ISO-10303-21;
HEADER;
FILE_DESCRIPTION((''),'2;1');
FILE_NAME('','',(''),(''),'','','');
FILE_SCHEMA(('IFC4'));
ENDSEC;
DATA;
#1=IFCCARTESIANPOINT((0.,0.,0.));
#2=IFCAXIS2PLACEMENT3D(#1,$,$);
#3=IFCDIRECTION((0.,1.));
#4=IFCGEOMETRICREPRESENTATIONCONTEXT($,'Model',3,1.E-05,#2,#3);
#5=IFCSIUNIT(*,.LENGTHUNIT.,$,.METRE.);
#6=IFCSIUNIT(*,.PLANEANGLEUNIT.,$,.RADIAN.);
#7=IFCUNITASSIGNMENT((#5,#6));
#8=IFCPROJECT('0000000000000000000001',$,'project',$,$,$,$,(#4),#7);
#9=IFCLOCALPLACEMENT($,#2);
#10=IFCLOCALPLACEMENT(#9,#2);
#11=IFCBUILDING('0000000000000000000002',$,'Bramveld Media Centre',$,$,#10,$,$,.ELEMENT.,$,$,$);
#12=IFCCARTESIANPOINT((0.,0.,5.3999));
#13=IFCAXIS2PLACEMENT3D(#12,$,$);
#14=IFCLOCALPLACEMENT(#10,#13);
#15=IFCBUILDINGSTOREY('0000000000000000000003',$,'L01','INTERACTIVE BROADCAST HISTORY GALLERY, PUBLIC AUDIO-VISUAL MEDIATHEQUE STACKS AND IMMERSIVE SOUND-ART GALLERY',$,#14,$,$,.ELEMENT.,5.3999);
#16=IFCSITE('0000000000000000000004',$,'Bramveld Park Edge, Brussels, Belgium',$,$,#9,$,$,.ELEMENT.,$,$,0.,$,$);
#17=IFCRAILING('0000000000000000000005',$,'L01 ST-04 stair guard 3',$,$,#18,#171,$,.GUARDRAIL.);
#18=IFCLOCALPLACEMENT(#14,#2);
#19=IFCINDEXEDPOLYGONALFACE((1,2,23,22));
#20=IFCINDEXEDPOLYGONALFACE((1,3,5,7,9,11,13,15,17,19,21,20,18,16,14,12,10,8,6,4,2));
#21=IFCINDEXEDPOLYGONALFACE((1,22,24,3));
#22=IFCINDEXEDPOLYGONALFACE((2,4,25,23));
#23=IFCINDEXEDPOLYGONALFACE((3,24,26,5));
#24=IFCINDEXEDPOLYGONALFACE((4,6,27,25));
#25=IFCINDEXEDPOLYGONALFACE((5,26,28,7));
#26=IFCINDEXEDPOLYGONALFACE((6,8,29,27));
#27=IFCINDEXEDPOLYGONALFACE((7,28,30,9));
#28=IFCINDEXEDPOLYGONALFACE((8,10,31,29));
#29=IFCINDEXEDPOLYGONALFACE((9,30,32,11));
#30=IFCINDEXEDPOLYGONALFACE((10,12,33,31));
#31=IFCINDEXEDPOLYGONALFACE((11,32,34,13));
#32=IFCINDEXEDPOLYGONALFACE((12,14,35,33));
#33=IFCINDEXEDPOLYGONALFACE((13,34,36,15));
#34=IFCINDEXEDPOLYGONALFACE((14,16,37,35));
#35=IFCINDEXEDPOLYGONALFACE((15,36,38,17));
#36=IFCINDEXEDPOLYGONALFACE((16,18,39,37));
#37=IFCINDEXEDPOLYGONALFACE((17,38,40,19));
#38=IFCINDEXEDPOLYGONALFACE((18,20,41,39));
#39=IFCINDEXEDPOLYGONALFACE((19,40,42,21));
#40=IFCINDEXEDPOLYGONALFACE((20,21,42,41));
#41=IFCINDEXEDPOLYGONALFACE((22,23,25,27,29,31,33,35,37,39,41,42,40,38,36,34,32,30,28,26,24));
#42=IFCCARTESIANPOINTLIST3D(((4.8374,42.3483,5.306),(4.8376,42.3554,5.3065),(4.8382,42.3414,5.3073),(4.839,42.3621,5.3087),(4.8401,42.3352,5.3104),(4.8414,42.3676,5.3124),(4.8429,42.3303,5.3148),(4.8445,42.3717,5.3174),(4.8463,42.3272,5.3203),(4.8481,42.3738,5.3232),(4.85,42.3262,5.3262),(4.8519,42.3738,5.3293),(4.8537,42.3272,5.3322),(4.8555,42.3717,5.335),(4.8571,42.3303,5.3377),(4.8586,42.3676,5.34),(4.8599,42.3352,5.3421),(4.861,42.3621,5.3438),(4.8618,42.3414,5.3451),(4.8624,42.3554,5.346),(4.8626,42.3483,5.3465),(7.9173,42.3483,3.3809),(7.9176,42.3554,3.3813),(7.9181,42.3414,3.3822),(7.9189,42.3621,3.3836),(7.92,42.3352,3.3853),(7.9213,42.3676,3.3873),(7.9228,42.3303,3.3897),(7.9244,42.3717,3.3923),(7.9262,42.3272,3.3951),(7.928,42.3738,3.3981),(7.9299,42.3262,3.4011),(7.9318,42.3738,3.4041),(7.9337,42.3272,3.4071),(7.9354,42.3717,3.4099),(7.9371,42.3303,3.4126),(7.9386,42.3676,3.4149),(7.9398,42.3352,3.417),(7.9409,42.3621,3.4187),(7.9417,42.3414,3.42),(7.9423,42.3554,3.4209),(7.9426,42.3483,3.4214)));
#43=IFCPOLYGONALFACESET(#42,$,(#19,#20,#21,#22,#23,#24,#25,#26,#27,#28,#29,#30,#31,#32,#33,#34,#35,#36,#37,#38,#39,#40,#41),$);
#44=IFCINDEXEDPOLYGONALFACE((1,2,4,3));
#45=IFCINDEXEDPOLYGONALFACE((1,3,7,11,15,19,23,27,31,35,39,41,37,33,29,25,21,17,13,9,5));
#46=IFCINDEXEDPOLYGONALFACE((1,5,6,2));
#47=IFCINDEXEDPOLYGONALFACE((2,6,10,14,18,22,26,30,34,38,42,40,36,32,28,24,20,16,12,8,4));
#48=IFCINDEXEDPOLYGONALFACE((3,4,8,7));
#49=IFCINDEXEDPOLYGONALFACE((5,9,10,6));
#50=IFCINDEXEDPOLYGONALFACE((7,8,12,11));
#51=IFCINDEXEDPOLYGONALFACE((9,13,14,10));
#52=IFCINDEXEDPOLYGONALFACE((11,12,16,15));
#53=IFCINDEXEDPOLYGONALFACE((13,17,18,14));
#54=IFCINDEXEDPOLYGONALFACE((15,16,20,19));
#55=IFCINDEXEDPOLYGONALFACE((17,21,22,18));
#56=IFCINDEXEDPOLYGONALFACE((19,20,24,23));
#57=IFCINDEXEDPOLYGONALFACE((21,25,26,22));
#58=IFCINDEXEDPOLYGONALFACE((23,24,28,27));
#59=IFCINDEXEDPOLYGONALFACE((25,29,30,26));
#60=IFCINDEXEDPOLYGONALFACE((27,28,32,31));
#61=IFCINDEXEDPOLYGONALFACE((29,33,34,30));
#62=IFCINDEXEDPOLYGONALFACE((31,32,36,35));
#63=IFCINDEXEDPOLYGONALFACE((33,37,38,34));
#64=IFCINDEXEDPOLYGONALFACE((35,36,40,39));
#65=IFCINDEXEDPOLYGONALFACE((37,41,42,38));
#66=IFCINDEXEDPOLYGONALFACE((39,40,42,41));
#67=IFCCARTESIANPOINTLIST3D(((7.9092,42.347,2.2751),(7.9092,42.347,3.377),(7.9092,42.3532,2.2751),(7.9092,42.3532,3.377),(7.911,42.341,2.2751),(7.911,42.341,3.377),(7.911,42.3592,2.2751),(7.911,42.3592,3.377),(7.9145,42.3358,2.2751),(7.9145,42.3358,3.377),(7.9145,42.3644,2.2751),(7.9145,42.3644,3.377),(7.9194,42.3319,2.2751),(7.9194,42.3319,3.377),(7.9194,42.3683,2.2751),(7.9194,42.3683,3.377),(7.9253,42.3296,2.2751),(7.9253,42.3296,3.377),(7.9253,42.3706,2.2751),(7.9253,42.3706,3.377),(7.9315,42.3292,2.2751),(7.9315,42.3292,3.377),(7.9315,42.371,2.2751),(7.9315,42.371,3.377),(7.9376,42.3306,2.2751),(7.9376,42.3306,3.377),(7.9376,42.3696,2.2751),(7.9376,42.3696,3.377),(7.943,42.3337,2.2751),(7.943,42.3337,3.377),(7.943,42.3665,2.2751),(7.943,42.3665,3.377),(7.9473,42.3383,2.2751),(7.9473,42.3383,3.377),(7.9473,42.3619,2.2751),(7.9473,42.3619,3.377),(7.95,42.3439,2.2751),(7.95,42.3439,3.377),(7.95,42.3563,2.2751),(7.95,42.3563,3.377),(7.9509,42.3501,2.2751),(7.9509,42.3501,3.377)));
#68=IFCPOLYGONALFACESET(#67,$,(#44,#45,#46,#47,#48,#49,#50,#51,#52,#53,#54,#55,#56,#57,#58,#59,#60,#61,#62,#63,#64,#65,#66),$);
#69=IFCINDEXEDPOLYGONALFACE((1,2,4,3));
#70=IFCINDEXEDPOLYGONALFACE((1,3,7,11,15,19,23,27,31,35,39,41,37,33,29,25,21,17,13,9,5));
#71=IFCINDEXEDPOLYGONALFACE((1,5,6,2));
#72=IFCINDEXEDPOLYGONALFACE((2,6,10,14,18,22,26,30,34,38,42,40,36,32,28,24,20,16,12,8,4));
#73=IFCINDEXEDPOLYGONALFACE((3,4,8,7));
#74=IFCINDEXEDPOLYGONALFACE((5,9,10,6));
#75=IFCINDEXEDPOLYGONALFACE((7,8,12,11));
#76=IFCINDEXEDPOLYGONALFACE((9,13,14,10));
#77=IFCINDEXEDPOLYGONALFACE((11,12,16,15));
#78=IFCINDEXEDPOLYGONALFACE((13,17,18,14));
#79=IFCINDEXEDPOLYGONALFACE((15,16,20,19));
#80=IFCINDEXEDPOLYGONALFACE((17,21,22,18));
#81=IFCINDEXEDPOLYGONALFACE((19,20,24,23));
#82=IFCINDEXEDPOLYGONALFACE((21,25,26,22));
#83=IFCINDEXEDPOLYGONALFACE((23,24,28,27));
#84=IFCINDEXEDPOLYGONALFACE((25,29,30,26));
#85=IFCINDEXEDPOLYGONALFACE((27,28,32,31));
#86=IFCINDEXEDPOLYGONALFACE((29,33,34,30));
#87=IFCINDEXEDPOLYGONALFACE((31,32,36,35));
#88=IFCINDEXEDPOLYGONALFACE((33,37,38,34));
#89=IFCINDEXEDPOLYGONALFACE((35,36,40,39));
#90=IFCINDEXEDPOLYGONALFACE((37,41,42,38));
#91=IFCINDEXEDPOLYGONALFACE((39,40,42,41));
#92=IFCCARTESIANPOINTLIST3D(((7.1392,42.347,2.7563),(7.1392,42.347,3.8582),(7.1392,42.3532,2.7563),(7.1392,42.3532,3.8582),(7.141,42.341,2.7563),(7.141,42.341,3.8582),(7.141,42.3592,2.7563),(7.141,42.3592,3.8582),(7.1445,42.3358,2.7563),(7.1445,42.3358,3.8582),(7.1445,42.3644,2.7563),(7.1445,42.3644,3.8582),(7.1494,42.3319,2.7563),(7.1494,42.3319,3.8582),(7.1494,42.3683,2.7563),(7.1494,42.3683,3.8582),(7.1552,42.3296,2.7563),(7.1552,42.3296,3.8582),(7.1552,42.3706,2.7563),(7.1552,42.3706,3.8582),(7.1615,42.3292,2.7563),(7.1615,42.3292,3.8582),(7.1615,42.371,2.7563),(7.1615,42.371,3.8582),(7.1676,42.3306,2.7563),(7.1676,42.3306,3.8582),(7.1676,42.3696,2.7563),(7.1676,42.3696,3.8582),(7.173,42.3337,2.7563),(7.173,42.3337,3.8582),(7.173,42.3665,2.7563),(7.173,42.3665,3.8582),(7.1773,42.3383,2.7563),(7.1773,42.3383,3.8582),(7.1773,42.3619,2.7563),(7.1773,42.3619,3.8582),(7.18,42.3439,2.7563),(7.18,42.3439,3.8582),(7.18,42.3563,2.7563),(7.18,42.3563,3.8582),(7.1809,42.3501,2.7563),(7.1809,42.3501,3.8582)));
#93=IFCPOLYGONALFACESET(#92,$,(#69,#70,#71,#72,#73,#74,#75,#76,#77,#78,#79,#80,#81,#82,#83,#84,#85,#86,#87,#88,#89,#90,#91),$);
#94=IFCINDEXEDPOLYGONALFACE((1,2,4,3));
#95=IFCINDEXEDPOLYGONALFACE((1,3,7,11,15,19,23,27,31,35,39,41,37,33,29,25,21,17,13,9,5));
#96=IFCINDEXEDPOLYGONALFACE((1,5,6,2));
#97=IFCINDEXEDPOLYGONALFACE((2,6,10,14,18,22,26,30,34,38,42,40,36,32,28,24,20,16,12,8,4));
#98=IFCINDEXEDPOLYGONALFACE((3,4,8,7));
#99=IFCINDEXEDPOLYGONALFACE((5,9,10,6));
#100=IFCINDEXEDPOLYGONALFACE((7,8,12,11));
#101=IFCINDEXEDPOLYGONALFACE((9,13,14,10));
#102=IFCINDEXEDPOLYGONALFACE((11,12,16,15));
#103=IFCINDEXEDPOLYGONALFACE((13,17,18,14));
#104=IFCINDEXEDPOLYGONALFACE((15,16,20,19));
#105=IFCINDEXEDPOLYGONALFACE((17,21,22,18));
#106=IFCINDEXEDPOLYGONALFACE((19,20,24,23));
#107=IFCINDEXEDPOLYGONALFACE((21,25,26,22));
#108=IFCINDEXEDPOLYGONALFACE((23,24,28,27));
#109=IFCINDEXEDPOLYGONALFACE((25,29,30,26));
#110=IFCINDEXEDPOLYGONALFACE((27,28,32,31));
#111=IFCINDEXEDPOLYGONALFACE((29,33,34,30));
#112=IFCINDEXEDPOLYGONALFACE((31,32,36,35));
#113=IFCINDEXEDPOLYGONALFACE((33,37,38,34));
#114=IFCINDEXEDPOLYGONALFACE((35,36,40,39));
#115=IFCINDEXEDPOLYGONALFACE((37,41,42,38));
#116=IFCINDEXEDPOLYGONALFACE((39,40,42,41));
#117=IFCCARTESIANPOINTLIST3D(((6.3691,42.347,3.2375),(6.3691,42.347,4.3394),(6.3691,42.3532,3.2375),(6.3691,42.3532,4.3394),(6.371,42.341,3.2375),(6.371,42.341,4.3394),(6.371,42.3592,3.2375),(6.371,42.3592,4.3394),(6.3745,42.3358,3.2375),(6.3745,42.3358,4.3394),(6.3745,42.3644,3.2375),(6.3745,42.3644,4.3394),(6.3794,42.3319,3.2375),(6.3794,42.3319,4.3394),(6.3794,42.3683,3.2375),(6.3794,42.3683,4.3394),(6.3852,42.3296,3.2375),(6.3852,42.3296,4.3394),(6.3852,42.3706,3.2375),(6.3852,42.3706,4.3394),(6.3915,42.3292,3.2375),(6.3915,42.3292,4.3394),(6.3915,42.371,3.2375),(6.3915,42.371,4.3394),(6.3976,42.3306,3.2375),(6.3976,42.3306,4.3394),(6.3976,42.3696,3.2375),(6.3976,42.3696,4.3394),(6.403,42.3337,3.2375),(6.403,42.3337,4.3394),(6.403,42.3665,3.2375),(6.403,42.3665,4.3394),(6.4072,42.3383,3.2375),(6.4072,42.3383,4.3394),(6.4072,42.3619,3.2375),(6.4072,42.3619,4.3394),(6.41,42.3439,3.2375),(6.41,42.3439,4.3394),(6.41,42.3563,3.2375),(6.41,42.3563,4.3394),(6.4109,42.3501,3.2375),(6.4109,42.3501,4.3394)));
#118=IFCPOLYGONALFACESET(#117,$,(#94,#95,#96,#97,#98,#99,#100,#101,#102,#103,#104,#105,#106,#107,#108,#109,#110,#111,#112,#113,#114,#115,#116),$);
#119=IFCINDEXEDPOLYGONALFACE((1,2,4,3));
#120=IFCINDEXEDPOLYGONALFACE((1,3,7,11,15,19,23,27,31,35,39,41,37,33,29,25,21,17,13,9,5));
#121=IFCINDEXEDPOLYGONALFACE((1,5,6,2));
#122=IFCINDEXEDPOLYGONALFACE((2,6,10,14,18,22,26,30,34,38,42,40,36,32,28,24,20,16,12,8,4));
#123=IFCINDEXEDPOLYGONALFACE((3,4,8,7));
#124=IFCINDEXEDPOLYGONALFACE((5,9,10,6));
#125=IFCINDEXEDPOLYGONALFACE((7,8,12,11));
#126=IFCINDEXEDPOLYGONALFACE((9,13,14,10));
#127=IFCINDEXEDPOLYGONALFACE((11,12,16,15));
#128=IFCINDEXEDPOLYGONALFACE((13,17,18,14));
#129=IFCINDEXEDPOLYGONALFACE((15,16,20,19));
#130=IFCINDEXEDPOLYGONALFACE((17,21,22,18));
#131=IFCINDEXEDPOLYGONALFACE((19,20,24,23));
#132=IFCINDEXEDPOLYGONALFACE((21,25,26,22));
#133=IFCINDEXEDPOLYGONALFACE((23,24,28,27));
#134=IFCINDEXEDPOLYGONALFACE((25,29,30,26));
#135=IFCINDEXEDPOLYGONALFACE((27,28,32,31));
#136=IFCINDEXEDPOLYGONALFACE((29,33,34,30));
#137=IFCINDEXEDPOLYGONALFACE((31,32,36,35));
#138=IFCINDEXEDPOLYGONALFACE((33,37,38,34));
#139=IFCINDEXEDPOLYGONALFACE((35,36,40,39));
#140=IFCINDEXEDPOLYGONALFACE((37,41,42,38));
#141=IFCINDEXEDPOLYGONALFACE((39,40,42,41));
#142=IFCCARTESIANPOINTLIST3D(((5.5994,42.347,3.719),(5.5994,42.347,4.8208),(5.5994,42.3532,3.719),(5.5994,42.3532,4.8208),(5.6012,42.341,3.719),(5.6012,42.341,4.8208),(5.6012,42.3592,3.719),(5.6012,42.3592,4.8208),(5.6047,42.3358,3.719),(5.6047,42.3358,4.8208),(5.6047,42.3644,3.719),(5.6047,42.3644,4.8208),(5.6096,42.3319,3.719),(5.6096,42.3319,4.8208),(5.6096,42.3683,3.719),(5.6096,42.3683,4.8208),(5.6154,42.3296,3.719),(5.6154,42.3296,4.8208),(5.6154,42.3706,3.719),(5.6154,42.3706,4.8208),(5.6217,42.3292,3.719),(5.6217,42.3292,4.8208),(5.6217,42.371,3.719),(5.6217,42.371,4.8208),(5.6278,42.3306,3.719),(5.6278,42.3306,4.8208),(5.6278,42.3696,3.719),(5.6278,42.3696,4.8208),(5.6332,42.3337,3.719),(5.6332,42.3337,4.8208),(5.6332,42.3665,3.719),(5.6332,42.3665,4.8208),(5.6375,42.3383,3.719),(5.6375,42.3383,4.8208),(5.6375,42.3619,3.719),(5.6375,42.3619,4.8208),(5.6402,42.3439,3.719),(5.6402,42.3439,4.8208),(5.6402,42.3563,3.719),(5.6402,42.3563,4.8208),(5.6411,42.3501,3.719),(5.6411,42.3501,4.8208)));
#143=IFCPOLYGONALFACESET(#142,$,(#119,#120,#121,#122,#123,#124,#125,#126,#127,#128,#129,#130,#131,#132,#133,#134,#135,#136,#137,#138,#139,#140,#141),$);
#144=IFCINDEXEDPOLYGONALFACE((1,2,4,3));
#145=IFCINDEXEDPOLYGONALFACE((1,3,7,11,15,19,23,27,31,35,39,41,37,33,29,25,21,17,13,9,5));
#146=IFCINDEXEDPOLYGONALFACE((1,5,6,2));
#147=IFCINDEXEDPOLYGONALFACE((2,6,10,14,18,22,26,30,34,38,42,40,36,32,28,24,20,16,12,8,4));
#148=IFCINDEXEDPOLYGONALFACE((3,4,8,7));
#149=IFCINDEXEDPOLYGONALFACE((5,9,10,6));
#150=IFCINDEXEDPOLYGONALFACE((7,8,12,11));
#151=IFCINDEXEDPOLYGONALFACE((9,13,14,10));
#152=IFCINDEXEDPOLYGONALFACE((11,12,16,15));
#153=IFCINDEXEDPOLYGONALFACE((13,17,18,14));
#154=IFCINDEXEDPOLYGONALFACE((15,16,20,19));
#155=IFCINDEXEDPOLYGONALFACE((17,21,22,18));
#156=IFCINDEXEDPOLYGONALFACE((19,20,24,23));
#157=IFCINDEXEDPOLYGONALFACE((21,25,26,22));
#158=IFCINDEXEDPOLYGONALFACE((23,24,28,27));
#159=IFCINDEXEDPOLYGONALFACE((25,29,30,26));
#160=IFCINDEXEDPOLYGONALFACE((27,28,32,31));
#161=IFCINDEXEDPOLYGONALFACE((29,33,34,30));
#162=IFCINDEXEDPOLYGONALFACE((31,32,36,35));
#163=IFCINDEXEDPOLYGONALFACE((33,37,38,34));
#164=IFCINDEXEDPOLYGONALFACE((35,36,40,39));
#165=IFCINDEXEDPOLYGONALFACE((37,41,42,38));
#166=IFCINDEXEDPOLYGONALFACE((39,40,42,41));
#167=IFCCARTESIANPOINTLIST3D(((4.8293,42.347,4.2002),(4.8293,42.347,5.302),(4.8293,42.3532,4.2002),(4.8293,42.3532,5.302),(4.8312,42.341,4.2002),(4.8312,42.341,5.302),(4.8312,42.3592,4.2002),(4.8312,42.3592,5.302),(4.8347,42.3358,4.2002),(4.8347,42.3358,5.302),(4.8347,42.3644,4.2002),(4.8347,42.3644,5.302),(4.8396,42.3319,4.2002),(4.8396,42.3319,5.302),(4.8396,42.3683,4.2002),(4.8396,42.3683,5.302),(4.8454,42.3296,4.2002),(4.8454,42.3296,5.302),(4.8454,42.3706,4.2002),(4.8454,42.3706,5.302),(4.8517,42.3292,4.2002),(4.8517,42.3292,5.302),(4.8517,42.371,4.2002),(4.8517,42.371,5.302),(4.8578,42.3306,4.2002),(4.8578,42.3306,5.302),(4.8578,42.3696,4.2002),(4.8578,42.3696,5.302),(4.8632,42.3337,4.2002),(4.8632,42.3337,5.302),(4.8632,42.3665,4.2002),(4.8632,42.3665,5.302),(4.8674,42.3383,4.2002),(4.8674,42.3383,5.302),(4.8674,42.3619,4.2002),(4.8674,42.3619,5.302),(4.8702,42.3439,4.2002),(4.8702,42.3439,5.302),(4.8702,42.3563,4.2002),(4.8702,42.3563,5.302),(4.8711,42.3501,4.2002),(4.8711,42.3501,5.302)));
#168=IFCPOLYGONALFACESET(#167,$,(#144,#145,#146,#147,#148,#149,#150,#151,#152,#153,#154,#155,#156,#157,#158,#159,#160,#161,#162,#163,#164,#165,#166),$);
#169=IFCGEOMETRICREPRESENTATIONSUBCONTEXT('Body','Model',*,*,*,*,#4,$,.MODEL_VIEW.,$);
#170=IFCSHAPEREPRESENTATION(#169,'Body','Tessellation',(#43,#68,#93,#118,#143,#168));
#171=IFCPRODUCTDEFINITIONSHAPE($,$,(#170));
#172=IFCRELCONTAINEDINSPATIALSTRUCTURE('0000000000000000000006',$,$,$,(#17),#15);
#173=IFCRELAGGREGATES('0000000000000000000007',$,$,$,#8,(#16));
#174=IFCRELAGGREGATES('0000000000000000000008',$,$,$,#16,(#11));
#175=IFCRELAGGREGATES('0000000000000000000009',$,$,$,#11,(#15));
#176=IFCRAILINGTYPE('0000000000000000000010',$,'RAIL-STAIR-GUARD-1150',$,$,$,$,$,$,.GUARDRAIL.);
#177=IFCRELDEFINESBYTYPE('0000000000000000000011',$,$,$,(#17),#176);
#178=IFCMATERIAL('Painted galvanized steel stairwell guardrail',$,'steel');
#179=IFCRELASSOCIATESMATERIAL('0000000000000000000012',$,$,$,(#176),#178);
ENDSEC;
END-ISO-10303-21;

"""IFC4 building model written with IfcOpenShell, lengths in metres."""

from ifc_helpers import new_model, si_unit, direction, frame, origin, origin_2d, place, context, subcontext, project, spatial, circle, extrude, material, type_object, element, save


model = new_model("IFC4")

# Units and contexts
model_context = context("Model", 3, precision=1e-05, world=origin(), true_north=direction((0.0, 1.0)))
body_context = subcontext(model_context, "Body", "Model", "MODEL_VIEW")
ifc_project = project(units=[si_unit("LENGTHUNIT", "METRE"), si_unit("PLANEANGLEUNIT", "RADIAN")], contexts=[model_context])

# Site, building, storey
site_placement = place(None, origin())
site = spatial("IfcSite", under=ifc_project, at=site_placement, Name="Bramveld Park Edge, Brussels, Belgium", CompositionType="ELEMENT", RefElevation=0.0)
building_placement = place(site_placement, origin())
building = spatial("IfcBuilding", under=site, at=building_placement, Name="Bramveld Media Centre", CompositionType="ELEMENT")
storey_placement = place(building_placement, frame((0.0, 0.0, 5.3999)))
storey = spatial("IfcBuildingStorey", under=building, at=storey_placement, Name="L01", Description="INTERACTIVE BROADCAST HISTORY GALLERY, PUBLIC AUDIO-VISUAL MEDIATHEQUE STACKS AND IMMERSIVE SOUND-ART GALLERY", CompositionType="ELEMENT", Elevation=5.3999)

# Railing
ifc_material_1 = material(Name="Painted galvanized steel stairwell guardrail", Category="steel")
railing_type_1 = type_object("IfcRailingType", Name="RAIL-STAIR-GUARD-1150", PredefinedType="GUARDRAIL", material=ifc_material_1)
railing_1_placement = place(storey_placement, frame((7.9299, 42.3501, 2.2751)))
element("IfcRailing", 1, at=railing_1_placement, inside=storey, type_object=railing_type_1, Name="L01 ST-04 stair guard 3", PredefinedType="GUARDRAIL", context=body_context, shape_type="SweptSolid", body=[
    extrude(circle(Radius=0.0239, at=origin_2d()), frame((0.0, 0.0, 1.126), z_axis=(-0.847979, 0.0, 0.530029), x_axis=(0.0, -1.0, 0.0)), (0.0, 0.0, 1.0), 3.6321),
    extrude(circle(Radius=0.021, at=origin_2d()), origin(), (0.0, 0.0, 1.0), 1.1018),
    extrude(circle(Radius=0.021, at=origin_2d()), frame((-0.77, 0.0, 0.4812)), (0.0, 0.0, 1.0), 1.1018),
    extrude(circle(Radius=0.021, at=origin_2d()), frame((-1.54, 0.0, 0.9624)), (0.0, 0.0, 1.0), 1.1018),
    extrude(circle(Radius=0.021, at=origin_2d()), frame((-2.3098, 0.0, 1.4438)), (0.0, 0.0, 1.0), 1.1018),
    extrude(circle(Radius=0.021, at=origin_2d()), frame((-3.0798, 0.0, 1.925)), (0.0, 0.0, 1.0), 1.1018),
])

save(model, "model.ifc")
